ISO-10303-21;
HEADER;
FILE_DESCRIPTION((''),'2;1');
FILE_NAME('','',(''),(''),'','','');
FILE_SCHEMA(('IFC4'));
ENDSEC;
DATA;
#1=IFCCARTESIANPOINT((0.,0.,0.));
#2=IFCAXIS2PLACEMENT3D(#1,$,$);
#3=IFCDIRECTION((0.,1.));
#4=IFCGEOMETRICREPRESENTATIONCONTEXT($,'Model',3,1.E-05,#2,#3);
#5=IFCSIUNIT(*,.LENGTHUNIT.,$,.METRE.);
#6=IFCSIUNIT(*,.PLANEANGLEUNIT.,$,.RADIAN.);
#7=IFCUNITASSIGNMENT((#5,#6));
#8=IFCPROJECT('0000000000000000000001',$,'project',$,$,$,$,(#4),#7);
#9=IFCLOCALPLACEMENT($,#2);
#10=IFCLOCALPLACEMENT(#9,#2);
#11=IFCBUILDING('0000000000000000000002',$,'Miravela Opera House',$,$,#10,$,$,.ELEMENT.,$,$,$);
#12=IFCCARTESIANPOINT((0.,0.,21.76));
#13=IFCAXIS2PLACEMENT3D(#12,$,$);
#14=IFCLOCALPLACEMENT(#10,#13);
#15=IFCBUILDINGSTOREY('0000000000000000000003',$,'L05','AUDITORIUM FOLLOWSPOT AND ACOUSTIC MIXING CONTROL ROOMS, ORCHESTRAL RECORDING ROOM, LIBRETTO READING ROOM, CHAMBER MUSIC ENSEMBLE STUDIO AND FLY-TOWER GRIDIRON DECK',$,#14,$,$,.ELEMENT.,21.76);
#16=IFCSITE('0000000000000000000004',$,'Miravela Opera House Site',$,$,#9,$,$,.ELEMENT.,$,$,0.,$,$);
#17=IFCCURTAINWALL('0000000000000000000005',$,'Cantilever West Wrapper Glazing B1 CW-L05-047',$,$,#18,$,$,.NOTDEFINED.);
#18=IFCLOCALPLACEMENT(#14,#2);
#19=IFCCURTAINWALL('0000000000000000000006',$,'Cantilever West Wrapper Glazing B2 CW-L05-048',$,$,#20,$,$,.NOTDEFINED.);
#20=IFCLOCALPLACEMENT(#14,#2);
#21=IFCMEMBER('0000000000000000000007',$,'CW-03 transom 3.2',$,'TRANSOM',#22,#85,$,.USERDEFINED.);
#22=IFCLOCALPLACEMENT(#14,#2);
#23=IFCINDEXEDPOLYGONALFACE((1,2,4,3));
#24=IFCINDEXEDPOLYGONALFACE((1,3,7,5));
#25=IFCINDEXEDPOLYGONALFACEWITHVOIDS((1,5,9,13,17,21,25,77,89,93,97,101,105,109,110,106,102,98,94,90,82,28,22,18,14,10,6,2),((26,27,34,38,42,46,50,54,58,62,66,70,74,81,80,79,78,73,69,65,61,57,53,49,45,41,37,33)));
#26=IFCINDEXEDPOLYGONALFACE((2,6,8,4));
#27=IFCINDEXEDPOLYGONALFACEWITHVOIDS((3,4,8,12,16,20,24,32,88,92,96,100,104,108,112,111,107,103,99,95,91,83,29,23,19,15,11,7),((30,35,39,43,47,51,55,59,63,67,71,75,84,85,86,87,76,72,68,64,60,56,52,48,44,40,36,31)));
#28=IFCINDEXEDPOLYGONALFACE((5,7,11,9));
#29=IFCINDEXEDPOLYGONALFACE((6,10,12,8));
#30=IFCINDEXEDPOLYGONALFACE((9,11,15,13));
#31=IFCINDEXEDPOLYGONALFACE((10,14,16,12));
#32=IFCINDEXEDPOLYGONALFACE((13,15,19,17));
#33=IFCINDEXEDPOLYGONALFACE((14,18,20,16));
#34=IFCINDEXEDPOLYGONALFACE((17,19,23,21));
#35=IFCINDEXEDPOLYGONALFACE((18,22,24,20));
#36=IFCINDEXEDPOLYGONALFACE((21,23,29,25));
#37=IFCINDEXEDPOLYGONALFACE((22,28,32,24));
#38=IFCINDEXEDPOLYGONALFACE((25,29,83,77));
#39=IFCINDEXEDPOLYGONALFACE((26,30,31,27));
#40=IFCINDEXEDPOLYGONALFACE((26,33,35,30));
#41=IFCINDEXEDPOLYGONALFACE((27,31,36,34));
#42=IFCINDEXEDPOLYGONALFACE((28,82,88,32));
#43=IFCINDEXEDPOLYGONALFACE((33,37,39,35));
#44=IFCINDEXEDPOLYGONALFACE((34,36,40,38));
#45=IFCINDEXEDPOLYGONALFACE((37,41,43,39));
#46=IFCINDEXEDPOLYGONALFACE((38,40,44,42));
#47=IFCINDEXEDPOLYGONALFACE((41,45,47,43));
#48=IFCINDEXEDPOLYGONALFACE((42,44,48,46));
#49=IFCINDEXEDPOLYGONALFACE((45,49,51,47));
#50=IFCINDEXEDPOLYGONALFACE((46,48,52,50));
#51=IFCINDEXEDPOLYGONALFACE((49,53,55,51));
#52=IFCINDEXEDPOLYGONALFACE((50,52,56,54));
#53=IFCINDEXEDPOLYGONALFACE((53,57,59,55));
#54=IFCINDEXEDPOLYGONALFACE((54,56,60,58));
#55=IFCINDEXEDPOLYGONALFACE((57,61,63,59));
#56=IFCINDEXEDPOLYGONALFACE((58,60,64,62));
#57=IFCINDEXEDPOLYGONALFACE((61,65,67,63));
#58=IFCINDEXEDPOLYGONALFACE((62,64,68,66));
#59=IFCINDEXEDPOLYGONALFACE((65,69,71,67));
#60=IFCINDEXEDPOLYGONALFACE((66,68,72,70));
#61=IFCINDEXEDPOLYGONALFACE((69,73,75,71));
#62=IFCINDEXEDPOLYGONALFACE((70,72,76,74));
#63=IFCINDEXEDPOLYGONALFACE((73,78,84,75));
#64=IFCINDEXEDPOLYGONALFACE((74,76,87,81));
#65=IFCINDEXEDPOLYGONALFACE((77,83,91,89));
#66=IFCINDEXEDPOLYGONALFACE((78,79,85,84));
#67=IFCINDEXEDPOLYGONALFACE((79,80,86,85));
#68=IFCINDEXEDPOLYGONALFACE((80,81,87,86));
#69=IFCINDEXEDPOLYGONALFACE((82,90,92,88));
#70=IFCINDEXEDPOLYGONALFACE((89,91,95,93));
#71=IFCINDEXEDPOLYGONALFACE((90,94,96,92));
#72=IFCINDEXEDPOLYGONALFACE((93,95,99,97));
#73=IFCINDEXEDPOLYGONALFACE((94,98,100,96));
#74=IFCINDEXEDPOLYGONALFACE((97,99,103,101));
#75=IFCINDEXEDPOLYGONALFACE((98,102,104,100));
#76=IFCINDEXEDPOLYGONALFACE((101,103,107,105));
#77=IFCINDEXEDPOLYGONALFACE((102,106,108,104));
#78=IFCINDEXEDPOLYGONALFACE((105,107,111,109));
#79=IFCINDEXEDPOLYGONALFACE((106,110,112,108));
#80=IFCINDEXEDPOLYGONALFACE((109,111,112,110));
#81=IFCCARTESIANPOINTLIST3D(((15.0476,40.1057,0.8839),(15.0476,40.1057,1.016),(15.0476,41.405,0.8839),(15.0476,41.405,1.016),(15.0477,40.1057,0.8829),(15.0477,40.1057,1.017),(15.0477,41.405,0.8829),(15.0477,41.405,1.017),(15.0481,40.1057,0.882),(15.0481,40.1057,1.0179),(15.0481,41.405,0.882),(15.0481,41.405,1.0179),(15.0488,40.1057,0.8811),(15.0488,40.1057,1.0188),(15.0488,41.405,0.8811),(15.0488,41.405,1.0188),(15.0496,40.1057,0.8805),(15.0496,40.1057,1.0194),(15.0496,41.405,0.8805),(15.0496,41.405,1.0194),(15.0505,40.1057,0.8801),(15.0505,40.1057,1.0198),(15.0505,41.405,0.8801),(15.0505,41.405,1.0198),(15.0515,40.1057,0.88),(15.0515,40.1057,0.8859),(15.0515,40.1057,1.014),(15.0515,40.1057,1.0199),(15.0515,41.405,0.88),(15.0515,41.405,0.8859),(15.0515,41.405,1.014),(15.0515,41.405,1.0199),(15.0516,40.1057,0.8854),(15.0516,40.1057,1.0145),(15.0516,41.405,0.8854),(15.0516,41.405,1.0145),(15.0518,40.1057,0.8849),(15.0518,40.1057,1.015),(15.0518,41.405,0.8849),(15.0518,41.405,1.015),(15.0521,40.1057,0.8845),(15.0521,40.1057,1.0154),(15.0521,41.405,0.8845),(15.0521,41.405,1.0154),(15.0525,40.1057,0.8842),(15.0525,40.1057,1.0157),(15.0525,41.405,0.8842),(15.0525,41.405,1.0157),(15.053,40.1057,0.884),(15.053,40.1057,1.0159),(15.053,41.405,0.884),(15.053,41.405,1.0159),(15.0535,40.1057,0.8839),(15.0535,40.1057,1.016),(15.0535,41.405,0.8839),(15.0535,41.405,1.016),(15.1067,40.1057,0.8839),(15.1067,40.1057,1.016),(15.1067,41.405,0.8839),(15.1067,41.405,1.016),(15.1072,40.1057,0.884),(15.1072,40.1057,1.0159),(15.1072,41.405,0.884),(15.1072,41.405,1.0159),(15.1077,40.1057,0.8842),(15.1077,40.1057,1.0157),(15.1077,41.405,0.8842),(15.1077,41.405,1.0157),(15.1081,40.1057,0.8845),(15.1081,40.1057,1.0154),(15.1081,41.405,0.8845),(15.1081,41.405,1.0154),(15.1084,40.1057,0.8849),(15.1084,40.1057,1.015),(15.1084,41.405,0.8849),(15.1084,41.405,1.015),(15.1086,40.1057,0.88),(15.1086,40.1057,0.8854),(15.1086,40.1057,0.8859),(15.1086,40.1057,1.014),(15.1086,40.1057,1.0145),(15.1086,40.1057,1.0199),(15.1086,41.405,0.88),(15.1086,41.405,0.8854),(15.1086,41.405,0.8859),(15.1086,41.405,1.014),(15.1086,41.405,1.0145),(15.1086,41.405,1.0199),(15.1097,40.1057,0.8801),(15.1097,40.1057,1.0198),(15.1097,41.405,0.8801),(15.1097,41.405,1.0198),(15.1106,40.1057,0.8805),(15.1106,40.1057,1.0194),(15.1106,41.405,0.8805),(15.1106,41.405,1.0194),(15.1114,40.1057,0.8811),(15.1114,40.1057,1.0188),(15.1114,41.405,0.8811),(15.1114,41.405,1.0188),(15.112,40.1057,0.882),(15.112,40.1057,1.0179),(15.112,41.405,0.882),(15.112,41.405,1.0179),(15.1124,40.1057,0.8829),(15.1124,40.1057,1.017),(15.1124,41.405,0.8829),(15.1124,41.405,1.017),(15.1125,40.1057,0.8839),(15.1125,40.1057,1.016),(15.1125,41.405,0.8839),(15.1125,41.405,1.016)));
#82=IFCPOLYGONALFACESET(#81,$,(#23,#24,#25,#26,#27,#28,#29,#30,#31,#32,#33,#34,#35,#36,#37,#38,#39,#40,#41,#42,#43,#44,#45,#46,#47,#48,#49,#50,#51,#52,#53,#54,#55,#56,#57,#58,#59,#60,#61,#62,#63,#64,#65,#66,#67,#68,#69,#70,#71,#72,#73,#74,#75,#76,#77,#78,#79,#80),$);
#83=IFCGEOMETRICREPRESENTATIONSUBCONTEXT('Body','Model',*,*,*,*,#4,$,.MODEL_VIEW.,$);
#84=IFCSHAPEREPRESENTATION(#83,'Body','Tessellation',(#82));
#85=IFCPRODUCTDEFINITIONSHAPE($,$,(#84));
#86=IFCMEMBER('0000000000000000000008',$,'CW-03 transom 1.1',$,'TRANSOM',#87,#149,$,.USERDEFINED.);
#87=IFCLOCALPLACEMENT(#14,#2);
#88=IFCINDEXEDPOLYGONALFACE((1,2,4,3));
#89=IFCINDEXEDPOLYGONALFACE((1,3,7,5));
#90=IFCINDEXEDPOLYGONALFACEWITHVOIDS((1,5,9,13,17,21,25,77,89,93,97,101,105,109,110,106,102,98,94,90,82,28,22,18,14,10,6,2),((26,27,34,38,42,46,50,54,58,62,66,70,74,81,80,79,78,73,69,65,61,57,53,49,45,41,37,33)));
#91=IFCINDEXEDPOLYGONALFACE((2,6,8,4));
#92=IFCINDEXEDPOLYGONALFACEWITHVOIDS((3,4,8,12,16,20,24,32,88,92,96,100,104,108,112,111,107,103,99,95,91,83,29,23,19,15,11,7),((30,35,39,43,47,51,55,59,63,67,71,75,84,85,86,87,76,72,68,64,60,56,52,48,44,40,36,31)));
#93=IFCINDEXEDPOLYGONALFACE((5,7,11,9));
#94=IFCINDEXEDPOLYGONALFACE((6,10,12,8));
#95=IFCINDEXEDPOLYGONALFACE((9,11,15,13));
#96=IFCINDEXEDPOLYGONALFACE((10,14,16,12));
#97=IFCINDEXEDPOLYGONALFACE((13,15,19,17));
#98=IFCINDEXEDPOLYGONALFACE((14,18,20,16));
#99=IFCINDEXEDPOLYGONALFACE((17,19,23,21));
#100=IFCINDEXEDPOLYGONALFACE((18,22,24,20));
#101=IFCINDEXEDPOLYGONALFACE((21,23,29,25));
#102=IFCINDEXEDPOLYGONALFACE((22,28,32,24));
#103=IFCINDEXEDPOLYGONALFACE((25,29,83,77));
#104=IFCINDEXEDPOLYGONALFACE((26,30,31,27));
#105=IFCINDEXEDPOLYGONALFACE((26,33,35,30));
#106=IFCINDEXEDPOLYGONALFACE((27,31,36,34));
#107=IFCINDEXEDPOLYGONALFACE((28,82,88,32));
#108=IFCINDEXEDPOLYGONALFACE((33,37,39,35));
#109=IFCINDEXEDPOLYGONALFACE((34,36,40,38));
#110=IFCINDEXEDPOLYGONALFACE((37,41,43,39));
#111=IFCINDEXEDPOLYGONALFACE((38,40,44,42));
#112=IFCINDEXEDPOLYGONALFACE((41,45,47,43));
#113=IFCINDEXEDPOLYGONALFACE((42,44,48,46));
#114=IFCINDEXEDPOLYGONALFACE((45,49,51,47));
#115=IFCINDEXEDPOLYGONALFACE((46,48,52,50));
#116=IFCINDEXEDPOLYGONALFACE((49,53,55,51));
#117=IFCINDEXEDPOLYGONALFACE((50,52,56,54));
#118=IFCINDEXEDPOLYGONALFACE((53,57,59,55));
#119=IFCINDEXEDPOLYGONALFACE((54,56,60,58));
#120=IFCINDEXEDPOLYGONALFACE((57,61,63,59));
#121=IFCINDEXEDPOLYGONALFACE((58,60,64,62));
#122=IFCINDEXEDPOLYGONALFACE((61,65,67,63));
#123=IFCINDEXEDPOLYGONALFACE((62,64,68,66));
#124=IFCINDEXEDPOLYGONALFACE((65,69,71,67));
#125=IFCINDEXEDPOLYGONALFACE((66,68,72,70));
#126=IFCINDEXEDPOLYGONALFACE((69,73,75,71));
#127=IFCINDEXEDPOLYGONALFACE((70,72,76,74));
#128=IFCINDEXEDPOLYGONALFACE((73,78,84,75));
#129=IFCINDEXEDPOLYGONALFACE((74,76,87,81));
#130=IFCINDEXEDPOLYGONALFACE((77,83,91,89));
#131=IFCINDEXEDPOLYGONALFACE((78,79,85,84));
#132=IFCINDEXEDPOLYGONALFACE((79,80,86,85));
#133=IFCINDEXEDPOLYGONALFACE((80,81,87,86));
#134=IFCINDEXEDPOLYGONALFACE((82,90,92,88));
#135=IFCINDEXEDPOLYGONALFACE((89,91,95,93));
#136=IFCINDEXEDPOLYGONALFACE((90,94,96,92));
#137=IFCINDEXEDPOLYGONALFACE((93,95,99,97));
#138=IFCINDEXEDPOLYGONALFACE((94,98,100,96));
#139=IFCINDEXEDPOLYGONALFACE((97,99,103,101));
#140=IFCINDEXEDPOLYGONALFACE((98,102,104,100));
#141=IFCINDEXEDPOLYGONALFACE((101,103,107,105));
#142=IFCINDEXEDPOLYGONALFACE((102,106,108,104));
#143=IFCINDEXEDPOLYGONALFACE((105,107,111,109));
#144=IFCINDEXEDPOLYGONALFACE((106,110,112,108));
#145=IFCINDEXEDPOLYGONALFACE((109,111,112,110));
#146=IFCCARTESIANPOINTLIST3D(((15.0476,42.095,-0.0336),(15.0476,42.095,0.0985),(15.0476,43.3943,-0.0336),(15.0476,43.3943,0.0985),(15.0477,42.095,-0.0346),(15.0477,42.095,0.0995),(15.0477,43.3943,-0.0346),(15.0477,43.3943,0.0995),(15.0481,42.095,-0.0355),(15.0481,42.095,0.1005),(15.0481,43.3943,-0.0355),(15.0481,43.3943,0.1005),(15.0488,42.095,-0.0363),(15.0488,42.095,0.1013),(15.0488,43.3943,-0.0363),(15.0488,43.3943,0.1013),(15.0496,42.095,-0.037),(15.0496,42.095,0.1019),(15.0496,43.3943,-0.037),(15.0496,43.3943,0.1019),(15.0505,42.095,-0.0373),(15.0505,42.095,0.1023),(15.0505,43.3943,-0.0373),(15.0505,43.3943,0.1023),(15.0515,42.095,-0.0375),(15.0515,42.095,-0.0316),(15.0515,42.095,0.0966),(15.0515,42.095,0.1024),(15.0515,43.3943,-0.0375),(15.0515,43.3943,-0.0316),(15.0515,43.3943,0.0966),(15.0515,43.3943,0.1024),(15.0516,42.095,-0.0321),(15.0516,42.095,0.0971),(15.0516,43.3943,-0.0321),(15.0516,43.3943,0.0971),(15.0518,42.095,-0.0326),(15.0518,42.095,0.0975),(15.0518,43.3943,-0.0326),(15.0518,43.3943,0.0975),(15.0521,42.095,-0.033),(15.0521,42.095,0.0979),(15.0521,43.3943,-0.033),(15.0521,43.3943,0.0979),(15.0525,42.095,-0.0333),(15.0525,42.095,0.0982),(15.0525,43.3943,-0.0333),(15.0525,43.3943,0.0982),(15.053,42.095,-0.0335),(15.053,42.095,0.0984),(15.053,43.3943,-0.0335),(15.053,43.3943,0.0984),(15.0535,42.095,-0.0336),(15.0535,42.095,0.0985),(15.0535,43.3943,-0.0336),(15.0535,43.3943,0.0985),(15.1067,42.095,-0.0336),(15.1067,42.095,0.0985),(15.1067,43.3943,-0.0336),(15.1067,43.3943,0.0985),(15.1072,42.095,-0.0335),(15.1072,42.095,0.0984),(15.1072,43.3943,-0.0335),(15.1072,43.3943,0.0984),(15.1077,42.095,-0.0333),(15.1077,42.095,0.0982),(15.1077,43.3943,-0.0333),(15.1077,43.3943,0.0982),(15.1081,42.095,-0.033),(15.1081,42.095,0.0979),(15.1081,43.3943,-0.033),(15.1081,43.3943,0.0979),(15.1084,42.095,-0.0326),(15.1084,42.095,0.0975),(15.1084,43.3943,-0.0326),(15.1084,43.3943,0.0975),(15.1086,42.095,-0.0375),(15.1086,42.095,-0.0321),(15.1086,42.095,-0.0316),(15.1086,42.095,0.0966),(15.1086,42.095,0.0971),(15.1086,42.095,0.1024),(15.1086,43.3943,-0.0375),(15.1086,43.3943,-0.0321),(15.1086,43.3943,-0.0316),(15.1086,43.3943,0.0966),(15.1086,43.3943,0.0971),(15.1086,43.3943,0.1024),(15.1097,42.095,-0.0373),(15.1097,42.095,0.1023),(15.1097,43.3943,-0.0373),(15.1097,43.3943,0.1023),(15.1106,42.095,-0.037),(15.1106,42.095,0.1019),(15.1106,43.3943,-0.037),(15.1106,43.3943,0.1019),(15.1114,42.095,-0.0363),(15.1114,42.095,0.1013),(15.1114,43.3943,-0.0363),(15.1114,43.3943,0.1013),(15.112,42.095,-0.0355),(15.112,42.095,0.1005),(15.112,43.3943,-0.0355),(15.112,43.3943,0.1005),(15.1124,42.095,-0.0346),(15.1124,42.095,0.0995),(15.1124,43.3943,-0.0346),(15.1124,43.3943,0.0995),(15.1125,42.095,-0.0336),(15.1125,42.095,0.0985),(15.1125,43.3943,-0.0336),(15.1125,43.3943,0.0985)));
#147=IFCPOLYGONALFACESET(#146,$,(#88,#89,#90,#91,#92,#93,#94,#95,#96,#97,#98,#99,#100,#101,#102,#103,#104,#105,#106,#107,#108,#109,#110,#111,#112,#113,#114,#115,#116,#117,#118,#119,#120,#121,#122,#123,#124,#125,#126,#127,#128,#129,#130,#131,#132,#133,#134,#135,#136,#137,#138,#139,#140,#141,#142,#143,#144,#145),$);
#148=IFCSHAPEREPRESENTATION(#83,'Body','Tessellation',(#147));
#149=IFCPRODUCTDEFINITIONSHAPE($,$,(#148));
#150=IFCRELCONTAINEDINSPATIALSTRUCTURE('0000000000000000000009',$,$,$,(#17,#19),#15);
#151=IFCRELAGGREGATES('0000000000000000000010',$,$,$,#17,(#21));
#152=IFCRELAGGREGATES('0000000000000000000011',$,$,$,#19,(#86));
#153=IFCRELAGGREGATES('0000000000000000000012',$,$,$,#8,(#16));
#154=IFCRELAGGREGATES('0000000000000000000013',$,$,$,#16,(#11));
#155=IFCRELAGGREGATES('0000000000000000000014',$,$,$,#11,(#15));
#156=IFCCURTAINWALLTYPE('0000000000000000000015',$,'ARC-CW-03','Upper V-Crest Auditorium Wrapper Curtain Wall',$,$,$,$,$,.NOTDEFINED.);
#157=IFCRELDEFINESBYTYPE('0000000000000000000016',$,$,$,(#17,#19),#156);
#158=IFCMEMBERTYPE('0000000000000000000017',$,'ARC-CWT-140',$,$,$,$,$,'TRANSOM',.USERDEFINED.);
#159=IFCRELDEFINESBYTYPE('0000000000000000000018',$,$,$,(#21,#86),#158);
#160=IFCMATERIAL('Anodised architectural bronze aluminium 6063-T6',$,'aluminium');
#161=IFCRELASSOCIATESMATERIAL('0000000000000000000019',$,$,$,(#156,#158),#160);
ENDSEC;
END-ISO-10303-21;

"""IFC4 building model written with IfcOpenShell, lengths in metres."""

from ifc_helpers import new_model, si_unit, direction, frame, origin, origin_2d, place, context, subcontext, project, spatial, hollow_rectangle, extrude, material, material_profile, profile_set, type_object, element, aggregate, save


model = new_model("IFC4")

# Units and contexts
model_context = context("Model", 3, precision=1e-05, world=origin(), true_north=direction((0.0, 1.0)))
body_context = subcontext(model_context, "Body", "Model", "MODEL_VIEW")
ifc_project = project(units=[si_unit("LENGTHUNIT", "METRE"), si_unit("PLANEANGLEUNIT", "RADIAN")], contexts=[model_context])

# Site, building, storey
site_placement = place(None, origin())
site = spatial("IfcSite", under=ifc_project, at=site_placement, Name="Miravela Opera House Site", CompositionType="ELEMENT", RefElevation=0.0)
building_placement = place(site_placement, origin())
building = spatial("IfcBuilding", under=site, at=building_placement, Name="Miravela Opera House", CompositionType="ELEMENT")
storey_placement = place(building_placement, frame((0.0, 0.0, 21.76)))
storey = spatial("IfcBuildingStorey", under=building, at=storey_placement, Name="L05", Description="AUDITORIUM FOLLOWSPOT AND ACOUSTIC MIXING CONTROL ROOMS, ORCHESTRAL RECORDING ROOM, LIBRETTO READING ROOM, CHAMBER MUSIC ENSEMBLE STUDIO AND FLY-TOWER GRIDIRON DECK", CompositionType="ELEMENT", Elevation=21.76)

# Curtain walls
ifc_material_1 = material(Name="Anodised architectural bronze aluminium 6063-T6", Category="aluminium")
curtain_wall_type = type_object("IfcCurtainWallType", Name="ARC-CW-03", Description="Upper V-Crest Auditorium Wrapper Curtain Wall", PredefinedType="NOTDEFINED", material=ifc_material_1)
curtain_wall_1_placement = place(storey_placement, origin())
curtain_wall_1 = element("IfcCurtainWall", 1, at=curtain_wall_1_placement, inside=storey, type_object=curtain_wall_type, Name="Cantilever West Wrapper Glazing B1 CW-L05-047", PredefinedType="NOTDEFINED")
curtain_wall_2_placement = place(storey_placement, origin())
curtain_wall_2 = element("IfcCurtainWall", 2, at=curtain_wall_2_placement, inside=storey, type_object=curtain_wall_type, Name="Cantilever West Wrapper Glazing B2 CW-L05-048", PredefinedType="NOTDEFINED")

# Members
ifc_material_profile_1 = material_profile(ifc_material_1, hollow_rectangle(XDim=0.0649, YDim=0.1399, WallThickness=0.0039, InnerFilletRadius=0.002, OuterFilletRadius=0.0039, at=origin_2d()), Name="CWT-65X140")
ifc_profile_set_1 = profile_set([ifc_material_profile_1])
member_type_1 = type_object("IfcMemberType", Name="ARC-CWT-140", ElementType="TRANSOM", PredefinedType="USERDEFINED", material=ifc_profile_set_1)
member_1_placement = place(storey_placement, frame((15.0801, 40.1057, 0.95), z_axis=(0.0, 1.0, 0.0), x_axis=(-1.0, 0.0, 0.0)))
member_1 = element("IfcMember", 3, at=member_1_placement, type_object=member_type_1, Name="CW-03 transom 3.2", ObjectType="TRANSOM", PredefinedType="USERDEFINED", context=body_context, shape_type="SweptSolid", body=[
    extrude(hollow_rectangle(XDim=0.0649, YDim=0.1399, WallThickness=0.0039, InnerFilletRadius=0.002, OuterFilletRadius=0.0039, at=origin_2d()), origin(), (0.0, 0.0, 1.0), 1.2993),
])
member_2_placement = place(storey_placement, frame((15.0801, 42.095, 0.0325), z_axis=(0.0, 1.0, 0.0), x_axis=(-1.0, 0.0, 0.0)))
member_2 = element("IfcMember", 4, at=member_2_placement, type_object=member_type_1, Name="CW-03 transom 1.1", ObjectType="TRANSOM", PredefinedType="USERDEFINED", context=body_context, shape_type="SweptSolid", body=[
    extrude(hollow_rectangle(XDim=0.0649, YDim=0.1399, WallThickness=0.0039, InnerFilletRadius=0.002, OuterFilletRadius=0.0039, at=origin_2d()), origin(), (0.0, 0.0, 1.0), 1.2993),
])

aggregate(curtain_wall_1, [member_1])
aggregate(curtain_wall_2, [member_2])

save(model, "model.ifc")
